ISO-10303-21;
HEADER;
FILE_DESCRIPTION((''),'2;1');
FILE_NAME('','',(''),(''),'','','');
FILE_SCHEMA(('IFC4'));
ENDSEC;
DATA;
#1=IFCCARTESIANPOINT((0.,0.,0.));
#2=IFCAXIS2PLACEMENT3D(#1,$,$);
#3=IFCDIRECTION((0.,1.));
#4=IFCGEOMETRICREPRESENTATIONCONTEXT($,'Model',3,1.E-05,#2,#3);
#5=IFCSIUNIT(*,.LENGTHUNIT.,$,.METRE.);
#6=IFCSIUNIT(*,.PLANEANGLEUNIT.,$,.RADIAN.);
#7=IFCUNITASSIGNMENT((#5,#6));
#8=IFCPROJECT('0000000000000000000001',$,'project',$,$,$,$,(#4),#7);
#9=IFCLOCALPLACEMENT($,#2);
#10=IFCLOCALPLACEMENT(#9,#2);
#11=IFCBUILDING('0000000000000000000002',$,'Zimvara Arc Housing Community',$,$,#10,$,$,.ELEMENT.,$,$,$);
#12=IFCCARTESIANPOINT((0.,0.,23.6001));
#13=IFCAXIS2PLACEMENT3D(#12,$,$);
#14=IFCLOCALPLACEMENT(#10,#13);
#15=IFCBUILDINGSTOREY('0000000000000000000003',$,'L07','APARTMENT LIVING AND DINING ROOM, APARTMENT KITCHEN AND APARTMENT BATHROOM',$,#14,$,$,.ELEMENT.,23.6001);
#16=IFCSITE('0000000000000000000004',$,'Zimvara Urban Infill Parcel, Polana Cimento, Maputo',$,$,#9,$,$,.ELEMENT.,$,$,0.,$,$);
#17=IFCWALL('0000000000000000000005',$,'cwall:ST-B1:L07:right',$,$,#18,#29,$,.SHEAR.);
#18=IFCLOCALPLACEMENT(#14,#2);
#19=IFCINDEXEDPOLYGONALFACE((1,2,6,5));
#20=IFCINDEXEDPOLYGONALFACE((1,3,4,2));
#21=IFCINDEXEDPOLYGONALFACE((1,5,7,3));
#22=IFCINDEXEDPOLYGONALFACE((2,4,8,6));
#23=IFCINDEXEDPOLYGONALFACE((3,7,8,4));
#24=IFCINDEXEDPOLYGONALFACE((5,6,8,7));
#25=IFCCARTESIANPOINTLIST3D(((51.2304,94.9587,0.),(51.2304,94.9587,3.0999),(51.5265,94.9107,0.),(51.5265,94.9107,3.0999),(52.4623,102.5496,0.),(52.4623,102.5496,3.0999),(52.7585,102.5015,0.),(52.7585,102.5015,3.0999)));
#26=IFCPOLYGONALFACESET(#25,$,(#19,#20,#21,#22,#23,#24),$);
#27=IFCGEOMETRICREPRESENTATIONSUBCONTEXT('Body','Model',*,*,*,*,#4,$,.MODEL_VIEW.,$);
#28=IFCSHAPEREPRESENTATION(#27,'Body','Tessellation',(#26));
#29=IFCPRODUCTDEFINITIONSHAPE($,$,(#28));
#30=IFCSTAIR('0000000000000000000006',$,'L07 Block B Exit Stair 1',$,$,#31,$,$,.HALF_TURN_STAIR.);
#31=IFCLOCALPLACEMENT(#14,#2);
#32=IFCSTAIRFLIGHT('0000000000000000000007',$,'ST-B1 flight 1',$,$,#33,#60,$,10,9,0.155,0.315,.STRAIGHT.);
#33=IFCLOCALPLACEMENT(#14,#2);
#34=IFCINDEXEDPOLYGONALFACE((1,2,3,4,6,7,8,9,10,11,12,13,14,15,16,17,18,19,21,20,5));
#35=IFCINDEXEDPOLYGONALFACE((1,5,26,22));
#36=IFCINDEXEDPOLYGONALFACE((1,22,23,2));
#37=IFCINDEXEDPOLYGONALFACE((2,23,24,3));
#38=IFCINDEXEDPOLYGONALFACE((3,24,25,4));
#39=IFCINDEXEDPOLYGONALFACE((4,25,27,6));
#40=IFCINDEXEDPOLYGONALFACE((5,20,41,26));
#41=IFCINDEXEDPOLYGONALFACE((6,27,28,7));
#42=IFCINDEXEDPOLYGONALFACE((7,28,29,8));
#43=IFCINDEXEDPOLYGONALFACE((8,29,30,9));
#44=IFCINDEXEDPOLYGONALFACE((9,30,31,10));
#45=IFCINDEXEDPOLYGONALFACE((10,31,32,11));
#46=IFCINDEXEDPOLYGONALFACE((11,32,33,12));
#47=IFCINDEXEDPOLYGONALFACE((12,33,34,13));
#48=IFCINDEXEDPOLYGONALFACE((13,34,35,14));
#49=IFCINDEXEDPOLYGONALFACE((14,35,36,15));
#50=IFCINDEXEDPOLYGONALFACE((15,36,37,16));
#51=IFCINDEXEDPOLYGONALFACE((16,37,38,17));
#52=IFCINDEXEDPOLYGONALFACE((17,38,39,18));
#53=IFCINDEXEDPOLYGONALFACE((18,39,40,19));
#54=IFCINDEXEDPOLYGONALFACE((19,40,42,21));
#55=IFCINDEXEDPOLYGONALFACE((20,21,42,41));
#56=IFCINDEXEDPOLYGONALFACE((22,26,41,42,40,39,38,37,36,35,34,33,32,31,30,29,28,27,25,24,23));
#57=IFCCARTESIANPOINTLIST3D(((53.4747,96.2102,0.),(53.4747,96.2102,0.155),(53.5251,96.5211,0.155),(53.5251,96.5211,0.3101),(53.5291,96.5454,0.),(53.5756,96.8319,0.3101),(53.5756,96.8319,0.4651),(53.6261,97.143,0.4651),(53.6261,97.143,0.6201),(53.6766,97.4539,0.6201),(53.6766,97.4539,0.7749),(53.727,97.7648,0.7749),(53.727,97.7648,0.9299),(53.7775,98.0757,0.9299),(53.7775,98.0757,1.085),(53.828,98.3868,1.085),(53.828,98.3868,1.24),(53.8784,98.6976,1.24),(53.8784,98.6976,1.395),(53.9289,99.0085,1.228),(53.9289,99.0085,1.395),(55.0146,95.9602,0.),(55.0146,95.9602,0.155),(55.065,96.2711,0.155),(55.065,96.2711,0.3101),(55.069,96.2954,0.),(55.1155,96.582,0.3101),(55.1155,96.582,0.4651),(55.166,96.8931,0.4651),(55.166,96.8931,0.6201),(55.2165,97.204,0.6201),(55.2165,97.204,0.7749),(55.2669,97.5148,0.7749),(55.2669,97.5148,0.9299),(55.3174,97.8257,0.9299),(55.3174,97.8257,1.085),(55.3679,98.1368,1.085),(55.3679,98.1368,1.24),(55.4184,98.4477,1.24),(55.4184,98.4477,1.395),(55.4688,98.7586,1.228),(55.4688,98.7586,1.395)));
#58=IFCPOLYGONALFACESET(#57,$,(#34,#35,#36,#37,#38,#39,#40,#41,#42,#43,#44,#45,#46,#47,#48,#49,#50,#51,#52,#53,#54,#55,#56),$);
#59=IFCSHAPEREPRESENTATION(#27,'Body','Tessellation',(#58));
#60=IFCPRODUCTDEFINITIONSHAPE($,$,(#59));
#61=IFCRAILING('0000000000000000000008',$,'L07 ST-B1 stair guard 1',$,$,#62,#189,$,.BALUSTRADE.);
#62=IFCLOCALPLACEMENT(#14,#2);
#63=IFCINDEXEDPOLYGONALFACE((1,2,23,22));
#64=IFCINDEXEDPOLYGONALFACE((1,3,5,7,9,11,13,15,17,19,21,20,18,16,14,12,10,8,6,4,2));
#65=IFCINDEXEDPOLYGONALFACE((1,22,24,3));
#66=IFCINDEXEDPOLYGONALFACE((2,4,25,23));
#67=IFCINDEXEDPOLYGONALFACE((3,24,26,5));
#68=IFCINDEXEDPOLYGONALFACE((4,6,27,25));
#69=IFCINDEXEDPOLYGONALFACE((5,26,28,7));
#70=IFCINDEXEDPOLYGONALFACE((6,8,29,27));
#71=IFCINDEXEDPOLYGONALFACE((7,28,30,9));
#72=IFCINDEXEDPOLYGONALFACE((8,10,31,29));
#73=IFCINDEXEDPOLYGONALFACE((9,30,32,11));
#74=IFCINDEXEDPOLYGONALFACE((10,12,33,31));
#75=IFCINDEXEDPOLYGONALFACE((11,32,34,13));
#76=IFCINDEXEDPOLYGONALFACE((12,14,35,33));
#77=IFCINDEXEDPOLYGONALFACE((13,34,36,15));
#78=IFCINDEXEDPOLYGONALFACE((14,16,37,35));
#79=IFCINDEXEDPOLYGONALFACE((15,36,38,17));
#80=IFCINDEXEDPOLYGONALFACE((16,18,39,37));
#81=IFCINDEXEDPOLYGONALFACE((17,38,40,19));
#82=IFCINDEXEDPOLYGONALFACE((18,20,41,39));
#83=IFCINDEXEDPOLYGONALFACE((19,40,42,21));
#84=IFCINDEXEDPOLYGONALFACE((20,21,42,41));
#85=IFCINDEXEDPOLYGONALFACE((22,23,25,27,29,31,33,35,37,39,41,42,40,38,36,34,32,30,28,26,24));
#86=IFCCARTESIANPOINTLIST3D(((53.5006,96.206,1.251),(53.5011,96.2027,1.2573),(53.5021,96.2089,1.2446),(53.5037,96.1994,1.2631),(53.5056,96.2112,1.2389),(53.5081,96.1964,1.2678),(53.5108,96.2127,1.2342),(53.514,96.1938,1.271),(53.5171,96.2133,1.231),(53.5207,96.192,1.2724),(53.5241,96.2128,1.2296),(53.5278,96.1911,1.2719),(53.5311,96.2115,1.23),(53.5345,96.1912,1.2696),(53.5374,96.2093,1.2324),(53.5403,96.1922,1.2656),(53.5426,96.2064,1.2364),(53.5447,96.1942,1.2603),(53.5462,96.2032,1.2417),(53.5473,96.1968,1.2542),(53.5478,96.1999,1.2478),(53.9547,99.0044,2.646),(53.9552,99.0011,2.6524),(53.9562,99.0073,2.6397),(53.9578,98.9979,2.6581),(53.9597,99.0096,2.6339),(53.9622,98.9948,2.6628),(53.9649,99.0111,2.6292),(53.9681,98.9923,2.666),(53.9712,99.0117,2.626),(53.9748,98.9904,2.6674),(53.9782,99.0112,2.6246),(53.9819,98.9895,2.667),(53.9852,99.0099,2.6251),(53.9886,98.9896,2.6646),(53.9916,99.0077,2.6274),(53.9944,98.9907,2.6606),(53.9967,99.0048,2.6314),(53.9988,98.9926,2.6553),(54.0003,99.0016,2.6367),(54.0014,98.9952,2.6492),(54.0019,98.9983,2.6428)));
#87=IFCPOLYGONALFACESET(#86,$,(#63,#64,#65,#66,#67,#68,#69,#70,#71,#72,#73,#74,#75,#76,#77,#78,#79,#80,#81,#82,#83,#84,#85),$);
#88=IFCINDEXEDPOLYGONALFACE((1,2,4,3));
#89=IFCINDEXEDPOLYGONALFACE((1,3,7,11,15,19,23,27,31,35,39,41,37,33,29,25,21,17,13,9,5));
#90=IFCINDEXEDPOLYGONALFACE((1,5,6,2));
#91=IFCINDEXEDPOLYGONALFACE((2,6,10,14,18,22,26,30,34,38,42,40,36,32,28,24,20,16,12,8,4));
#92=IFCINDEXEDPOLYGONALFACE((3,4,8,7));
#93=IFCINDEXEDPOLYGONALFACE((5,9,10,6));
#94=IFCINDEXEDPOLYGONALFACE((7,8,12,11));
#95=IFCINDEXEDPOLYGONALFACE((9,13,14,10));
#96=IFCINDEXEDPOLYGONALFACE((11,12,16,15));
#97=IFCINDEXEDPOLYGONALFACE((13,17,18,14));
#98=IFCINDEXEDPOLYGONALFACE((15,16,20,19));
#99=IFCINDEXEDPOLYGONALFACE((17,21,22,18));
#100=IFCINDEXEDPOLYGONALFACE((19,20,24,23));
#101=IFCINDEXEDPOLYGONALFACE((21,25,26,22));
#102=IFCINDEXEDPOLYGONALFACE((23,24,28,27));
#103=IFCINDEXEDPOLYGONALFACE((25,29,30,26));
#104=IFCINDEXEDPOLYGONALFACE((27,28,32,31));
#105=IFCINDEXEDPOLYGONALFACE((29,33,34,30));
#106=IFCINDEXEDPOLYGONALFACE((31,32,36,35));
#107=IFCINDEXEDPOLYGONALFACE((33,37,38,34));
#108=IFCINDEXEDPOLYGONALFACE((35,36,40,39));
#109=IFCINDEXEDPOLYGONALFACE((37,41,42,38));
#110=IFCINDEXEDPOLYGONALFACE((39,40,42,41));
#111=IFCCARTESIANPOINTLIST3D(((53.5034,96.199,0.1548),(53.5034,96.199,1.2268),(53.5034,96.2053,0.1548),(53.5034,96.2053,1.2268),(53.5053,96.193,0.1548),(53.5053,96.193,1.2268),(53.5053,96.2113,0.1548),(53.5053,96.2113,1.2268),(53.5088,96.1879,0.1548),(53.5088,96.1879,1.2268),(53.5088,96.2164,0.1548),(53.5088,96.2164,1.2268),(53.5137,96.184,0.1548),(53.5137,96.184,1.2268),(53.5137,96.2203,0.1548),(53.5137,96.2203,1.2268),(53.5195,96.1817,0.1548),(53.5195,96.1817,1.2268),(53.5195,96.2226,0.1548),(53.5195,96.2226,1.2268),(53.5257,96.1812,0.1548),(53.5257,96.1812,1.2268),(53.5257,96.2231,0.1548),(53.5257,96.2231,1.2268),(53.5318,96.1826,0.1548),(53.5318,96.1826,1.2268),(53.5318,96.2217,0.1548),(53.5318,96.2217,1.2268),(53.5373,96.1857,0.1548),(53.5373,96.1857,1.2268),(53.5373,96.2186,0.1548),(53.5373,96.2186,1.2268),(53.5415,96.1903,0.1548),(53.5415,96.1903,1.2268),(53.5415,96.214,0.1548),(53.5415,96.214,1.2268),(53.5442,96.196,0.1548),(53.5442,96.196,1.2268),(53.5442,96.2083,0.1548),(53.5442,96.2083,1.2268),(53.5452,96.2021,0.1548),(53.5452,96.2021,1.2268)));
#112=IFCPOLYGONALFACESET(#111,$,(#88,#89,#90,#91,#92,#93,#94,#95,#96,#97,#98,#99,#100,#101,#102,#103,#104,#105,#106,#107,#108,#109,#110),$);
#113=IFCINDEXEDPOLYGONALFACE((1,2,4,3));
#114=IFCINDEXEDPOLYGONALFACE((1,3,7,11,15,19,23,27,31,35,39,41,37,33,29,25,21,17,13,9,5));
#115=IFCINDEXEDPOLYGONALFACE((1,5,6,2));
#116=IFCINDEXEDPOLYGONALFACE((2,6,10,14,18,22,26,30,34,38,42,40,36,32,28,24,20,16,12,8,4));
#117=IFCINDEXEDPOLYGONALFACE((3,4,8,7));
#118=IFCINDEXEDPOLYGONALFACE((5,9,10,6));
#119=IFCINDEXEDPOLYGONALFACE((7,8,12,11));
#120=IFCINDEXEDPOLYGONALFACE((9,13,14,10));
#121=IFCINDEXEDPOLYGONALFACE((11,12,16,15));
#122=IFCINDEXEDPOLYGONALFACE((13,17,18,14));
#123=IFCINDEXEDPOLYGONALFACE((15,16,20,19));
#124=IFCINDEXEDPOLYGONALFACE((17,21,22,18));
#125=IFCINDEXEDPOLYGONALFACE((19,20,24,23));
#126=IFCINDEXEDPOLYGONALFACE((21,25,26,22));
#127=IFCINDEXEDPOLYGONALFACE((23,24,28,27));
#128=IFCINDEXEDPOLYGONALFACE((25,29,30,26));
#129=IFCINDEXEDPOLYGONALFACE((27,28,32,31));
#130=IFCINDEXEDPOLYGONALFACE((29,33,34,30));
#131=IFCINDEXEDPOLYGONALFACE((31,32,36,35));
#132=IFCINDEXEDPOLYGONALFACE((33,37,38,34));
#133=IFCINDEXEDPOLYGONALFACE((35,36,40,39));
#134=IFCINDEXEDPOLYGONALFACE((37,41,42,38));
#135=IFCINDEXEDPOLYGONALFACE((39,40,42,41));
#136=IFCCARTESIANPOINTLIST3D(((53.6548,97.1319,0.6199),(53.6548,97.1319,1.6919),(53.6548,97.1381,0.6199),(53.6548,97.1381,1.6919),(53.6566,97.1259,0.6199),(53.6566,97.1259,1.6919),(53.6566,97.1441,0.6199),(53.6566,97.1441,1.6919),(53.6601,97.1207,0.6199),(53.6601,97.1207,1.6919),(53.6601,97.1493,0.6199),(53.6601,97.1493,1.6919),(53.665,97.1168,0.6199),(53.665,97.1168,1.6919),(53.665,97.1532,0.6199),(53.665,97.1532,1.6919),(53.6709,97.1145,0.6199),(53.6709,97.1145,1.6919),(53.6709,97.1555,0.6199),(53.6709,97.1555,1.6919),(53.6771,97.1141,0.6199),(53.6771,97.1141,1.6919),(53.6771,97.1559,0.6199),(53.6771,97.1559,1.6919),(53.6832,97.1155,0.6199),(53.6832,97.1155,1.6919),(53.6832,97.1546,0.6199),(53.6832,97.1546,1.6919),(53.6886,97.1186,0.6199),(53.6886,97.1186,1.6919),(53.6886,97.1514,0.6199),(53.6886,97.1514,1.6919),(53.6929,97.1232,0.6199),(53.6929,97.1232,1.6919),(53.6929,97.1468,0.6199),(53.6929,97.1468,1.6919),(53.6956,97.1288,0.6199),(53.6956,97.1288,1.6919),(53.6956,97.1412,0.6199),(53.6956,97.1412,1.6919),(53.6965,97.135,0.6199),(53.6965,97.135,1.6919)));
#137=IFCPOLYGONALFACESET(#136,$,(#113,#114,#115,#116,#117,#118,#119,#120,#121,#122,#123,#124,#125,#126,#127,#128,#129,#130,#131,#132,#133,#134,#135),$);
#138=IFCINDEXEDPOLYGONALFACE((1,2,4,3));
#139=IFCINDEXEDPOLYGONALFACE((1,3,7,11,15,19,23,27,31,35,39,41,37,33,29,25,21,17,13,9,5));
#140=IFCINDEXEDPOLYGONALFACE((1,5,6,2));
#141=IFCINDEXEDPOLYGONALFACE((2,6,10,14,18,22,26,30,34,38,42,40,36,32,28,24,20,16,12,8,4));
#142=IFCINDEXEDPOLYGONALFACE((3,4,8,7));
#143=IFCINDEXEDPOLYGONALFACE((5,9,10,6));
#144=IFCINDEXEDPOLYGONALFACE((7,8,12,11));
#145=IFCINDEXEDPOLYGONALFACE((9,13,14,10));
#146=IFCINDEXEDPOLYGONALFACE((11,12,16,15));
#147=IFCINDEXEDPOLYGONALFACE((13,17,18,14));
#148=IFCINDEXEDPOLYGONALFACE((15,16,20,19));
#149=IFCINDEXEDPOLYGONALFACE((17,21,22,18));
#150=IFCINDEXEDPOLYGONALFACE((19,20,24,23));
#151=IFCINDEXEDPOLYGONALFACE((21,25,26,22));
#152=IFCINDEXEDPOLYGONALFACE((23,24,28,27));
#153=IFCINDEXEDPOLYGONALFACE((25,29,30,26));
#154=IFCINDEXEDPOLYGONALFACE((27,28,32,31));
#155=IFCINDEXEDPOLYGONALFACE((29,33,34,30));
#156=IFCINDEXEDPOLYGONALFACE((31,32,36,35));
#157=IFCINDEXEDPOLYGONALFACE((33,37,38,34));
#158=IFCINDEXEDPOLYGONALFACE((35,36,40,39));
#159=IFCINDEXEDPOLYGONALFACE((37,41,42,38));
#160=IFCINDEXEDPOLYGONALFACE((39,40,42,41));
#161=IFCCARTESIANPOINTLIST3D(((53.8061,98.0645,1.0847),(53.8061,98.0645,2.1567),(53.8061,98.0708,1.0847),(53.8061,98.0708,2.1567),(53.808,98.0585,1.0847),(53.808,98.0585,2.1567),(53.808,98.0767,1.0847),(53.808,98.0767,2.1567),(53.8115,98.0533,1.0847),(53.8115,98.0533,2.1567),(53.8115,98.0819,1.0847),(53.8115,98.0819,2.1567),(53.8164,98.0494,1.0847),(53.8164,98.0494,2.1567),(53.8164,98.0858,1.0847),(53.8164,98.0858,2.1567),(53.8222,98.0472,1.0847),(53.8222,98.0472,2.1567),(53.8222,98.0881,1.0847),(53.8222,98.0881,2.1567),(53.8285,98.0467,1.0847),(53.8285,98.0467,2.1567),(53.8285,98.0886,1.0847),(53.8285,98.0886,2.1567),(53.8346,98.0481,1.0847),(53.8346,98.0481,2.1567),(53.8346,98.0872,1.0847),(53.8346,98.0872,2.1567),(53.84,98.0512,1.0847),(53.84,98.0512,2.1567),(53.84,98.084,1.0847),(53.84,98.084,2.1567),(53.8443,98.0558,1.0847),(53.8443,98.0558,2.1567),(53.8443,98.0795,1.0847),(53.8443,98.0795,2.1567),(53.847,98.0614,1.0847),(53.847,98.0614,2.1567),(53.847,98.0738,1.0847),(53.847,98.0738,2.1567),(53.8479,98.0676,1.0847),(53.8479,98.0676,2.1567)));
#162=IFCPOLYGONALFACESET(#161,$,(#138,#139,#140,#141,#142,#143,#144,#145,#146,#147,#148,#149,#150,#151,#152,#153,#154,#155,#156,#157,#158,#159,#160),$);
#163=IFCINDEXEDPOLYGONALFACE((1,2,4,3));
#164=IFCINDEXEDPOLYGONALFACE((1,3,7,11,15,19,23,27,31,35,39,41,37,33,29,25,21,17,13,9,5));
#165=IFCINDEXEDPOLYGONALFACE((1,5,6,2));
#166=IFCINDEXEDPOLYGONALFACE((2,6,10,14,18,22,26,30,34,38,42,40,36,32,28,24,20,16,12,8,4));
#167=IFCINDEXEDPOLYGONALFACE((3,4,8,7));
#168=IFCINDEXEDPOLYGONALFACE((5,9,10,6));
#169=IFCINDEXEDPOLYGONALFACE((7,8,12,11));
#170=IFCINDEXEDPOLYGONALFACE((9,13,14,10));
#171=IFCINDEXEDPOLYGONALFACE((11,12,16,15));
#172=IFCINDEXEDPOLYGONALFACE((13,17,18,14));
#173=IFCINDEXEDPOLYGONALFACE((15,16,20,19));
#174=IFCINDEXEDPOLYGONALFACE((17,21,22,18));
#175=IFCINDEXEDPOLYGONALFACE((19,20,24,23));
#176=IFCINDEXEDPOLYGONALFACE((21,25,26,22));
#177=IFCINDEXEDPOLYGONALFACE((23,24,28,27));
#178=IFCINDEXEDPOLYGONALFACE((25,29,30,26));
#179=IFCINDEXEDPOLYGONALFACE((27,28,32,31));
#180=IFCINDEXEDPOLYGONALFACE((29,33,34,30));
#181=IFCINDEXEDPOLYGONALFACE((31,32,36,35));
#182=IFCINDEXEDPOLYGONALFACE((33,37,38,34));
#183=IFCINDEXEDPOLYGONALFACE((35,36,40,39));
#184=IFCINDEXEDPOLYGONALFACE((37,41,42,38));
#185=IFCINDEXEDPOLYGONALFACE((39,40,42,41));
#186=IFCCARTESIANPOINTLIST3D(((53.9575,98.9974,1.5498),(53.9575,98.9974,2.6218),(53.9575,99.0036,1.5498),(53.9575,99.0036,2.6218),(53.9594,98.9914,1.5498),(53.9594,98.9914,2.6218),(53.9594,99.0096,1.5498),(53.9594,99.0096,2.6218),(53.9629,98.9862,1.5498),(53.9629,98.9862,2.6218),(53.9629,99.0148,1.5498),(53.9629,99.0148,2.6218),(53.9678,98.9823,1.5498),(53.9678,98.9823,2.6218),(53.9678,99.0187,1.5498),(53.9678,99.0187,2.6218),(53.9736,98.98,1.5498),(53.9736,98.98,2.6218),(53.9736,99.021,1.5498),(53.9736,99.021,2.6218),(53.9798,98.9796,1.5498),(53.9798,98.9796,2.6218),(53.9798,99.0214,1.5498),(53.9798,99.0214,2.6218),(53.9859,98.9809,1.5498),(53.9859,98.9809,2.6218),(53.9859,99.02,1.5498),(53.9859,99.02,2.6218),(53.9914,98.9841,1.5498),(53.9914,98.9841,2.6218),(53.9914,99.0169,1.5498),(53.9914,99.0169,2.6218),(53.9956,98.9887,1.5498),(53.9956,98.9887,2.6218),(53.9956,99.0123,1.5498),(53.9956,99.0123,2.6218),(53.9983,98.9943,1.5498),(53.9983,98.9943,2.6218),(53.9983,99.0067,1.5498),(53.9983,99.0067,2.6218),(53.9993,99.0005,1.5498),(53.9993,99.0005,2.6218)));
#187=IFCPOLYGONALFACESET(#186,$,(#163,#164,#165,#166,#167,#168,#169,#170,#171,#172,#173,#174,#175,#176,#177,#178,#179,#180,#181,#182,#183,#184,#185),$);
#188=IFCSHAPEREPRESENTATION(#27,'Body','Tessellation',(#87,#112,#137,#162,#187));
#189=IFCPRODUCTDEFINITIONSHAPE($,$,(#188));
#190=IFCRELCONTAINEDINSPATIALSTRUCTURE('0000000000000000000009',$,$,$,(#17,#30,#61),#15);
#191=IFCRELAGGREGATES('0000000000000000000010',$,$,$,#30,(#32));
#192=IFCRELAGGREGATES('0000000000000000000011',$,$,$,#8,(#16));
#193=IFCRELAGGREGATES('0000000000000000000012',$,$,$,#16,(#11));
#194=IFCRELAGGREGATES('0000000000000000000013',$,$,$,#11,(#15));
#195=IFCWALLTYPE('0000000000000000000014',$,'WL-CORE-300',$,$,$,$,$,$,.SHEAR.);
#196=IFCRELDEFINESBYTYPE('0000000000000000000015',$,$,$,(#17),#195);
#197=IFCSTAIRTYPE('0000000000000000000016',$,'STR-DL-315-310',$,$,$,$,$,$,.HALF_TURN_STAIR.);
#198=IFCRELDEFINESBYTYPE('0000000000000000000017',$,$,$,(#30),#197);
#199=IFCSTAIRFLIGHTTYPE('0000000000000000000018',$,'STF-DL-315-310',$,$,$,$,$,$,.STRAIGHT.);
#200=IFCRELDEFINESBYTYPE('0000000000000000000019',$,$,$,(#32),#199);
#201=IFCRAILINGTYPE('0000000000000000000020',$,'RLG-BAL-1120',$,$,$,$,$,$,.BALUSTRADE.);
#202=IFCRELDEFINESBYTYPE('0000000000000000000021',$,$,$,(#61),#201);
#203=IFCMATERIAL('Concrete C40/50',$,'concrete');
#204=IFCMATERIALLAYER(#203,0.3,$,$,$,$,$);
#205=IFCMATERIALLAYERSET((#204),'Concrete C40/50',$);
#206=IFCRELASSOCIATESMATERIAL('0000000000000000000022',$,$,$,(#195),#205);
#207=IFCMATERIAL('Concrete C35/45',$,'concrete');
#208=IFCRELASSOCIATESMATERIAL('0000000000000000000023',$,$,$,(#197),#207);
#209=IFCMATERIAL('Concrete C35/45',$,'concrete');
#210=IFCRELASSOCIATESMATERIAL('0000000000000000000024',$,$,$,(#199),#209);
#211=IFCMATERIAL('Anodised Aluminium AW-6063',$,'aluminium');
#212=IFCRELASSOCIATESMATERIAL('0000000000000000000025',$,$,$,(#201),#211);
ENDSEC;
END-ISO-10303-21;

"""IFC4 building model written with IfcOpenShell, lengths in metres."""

from ifc_helpers import new_model, si_unit, direction, frame, frame_2d, origin, origin_2d, place, context, subcontext, project, spatial, polyline, rectangle, circle, outline, extrude, material, layer, layer_set, type_object, element, aggregate, save


model = new_model("IFC4")

# Units and contexts
model_context = context("Model", 3, precision=1e-05, world=origin(), true_north=direction((0.0, 1.0)))
body_context = subcontext(model_context, "Body", "Model", "MODEL_VIEW")
ifc_project = project(units=[si_unit("LENGTHUNIT", "METRE"), si_unit("PLANEANGLEUNIT", "RADIAN")], contexts=[model_context])

# Site, building, storey
site_placement = place(None, origin())
site = spatial("IfcSite", under=ifc_project, at=site_placement, Name="Zimvara Urban Infill Parcel, Polana Cimento, Maputo", CompositionType="ELEMENT", RefElevation=0.0)
building_placement = place(site_placement, origin())
building = spatial("IfcBuilding", under=site, at=building_placement, Name="Zimvara Arc Housing Community", CompositionType="ELEMENT")
storey_placement = place(building_placement, frame((0.0, 0.0, 23.6001)))
storey = spatial("IfcBuildingStorey", under=building, at=storey_placement, Name="L07", Description="APARTMENT LIVING AND DINING ROOM, APARTMENT KITCHEN AND APARTMENT BATHROOM", CompositionType="ELEMENT", Elevation=23.6001)

# Wall
ifc_material_1 = material(Name="Concrete C40/50", Category="concrete")
ifc_layer_1 = layer(ifc_material_1, 0.3)
ifc_layer_set_1 = layer_set([ifc_layer_1], Name="Concrete C40/50")
wall_type_1 = type_object("IfcWallType", Name="WL-CORE-300", PredefinedType="SHEAR", material=ifc_layer_set_1)
wall_1_placement = place(storey_placement, frame((51.3784, 94.9346, 0.0), z_axis=(0.0, 0.0, 1.0), x_axis=(0.160197, 0.987085, 0.0)))
element("IfcWall", 1, at=wall_1_placement, inside=storey, type_object=wall_type_1, Name="cwall:ST-B1:L07:right", PredefinedType="SHEAR", context=body_context, shape_type="SweptSolid", body=[
    extrude(rectangle(XDim=7.6902, YDim=0.3, at=frame_2d((3.8452, 0.0))), origin(), (0.0, 0.0, 1.0), 3.0999),
])

# Stair, stair flight
ifc_material_2 = material(Name="Concrete C35/45", Category="concrete")
stair_type = type_object("IfcStairType", Name="STR-DL-315-310", PredefinedType="HALF_TURN_STAIR", material=ifc_material_2)
stair_placement = place(storey_placement, origin())
stair = element("IfcStair", 2, at=stair_placement, inside=storey, type_object=stair_type, Name="L07 Block B Exit Stair 1", PredefinedType="HALF_TURN_STAIR")
ifc_material_3 = material(Name="Concrete C35/45", Category="concrete")
stair_flight_type = type_object("IfcStairFlightType", Name="STF-DL-315-310", PredefinedType="STRAIGHT", material=ifc_material_3)
stair_flight_placement = place(storey_placement, frame((54.2446, 96.0852, 0.0), z_axis=(0.0, 0.0, 1.0), x_axis=(0.160226, 0.98708, 0.0)))
stair_flight = element("IfcStairFlight", 3, at=stair_flight_placement, type_object=stair_flight_type, Name="ST-B1 flight 1", NumberOfRisers=10, NumberOfTreads=9, PredefinedType="STRAIGHT", RiserHeight=0.155, TreadLength=0.315, context=body_context, shape_type="SweptSolid", body=[
    extrude(outline(polyline([(0.0, 0.0), (0.0, 0.155), (0.3149, 0.155), (0.3149, 0.3101), (0.6299, 0.3101), (0.6299, 0.4651), (0.9451, 0.4651), (0.9451, 0.6201), (1.26, 0.6201), (1.26, 0.7749), (1.575, 0.7749), (1.575, 0.9299), (1.8899, 0.9299), (1.8899, 1.085), (2.2051, 1.085), (2.2051, 1.24), (2.52, 1.24), (2.52, 1.395), (2.835, 1.395), (2.835, 1.55), (2.835, 1.228), (0.3396, 0.0), (0.0, 0.0)])), frame((0.0, 0.78, 0.0), z_axis=(0.0, -1.0, 0.0), x_axis=(1.0, 0.0, 0.0)), (0.0, 0.0, 1.0), 1.5601),
])
aggregate(stair, [stair_flight])

# Railing
ifc_material_4 = material(Name="Anodised Aluminium AW-6063", Category="aluminium")
railing_type = type_object("IfcRailingType", Name="RLG-BAL-1120", PredefinedType="BALUSTRADE", material=ifc_material_4)
railing_1_placement = place(storey_placement, frame((53.5242, 96.2021, 0.1548)))
element("IfcRailing", 4, at=railing_1_placement, inside=storey, type_object=railing_type, Name="L07 ST-B1 stair guard 1", PredefinedType="BALUSTRADE", context=body_context, shape_type="SweptSolid", body=[
    extrude(circle(Radius=0.0239, at=origin_2d()), frame((0.0, 0.0, 1.0962), z_axis=(0.143722, 0.885666, 0.44152), x_axis=(-0.987088, 0.16018, 0.0)), (0.0, 0.0, 1.0), 3.1597),
    extrude(circle(Radius=0.021, at=origin_2d()), origin(), (0.0, 0.0, 1.0), 1.072),
    extrude(circle(Radius=0.021, at=origin_2d()), frame((0.1514, 0.9329, 0.4651)), (0.0, 0.0, 1.0), 1.072),
    extrude(circle(Radius=0.021, at=origin_2d()), frame((0.3027, 1.8655, 0.9299)), (0.0, 0.0, 1.0), 1.072),
    extrude(circle(Radius=0.021, at=origin_2d()), frame((0.4541, 2.7983, 1.395)), (0.0, 0.0, 1.0), 1.072),
])

save(model, "model.ifc")
